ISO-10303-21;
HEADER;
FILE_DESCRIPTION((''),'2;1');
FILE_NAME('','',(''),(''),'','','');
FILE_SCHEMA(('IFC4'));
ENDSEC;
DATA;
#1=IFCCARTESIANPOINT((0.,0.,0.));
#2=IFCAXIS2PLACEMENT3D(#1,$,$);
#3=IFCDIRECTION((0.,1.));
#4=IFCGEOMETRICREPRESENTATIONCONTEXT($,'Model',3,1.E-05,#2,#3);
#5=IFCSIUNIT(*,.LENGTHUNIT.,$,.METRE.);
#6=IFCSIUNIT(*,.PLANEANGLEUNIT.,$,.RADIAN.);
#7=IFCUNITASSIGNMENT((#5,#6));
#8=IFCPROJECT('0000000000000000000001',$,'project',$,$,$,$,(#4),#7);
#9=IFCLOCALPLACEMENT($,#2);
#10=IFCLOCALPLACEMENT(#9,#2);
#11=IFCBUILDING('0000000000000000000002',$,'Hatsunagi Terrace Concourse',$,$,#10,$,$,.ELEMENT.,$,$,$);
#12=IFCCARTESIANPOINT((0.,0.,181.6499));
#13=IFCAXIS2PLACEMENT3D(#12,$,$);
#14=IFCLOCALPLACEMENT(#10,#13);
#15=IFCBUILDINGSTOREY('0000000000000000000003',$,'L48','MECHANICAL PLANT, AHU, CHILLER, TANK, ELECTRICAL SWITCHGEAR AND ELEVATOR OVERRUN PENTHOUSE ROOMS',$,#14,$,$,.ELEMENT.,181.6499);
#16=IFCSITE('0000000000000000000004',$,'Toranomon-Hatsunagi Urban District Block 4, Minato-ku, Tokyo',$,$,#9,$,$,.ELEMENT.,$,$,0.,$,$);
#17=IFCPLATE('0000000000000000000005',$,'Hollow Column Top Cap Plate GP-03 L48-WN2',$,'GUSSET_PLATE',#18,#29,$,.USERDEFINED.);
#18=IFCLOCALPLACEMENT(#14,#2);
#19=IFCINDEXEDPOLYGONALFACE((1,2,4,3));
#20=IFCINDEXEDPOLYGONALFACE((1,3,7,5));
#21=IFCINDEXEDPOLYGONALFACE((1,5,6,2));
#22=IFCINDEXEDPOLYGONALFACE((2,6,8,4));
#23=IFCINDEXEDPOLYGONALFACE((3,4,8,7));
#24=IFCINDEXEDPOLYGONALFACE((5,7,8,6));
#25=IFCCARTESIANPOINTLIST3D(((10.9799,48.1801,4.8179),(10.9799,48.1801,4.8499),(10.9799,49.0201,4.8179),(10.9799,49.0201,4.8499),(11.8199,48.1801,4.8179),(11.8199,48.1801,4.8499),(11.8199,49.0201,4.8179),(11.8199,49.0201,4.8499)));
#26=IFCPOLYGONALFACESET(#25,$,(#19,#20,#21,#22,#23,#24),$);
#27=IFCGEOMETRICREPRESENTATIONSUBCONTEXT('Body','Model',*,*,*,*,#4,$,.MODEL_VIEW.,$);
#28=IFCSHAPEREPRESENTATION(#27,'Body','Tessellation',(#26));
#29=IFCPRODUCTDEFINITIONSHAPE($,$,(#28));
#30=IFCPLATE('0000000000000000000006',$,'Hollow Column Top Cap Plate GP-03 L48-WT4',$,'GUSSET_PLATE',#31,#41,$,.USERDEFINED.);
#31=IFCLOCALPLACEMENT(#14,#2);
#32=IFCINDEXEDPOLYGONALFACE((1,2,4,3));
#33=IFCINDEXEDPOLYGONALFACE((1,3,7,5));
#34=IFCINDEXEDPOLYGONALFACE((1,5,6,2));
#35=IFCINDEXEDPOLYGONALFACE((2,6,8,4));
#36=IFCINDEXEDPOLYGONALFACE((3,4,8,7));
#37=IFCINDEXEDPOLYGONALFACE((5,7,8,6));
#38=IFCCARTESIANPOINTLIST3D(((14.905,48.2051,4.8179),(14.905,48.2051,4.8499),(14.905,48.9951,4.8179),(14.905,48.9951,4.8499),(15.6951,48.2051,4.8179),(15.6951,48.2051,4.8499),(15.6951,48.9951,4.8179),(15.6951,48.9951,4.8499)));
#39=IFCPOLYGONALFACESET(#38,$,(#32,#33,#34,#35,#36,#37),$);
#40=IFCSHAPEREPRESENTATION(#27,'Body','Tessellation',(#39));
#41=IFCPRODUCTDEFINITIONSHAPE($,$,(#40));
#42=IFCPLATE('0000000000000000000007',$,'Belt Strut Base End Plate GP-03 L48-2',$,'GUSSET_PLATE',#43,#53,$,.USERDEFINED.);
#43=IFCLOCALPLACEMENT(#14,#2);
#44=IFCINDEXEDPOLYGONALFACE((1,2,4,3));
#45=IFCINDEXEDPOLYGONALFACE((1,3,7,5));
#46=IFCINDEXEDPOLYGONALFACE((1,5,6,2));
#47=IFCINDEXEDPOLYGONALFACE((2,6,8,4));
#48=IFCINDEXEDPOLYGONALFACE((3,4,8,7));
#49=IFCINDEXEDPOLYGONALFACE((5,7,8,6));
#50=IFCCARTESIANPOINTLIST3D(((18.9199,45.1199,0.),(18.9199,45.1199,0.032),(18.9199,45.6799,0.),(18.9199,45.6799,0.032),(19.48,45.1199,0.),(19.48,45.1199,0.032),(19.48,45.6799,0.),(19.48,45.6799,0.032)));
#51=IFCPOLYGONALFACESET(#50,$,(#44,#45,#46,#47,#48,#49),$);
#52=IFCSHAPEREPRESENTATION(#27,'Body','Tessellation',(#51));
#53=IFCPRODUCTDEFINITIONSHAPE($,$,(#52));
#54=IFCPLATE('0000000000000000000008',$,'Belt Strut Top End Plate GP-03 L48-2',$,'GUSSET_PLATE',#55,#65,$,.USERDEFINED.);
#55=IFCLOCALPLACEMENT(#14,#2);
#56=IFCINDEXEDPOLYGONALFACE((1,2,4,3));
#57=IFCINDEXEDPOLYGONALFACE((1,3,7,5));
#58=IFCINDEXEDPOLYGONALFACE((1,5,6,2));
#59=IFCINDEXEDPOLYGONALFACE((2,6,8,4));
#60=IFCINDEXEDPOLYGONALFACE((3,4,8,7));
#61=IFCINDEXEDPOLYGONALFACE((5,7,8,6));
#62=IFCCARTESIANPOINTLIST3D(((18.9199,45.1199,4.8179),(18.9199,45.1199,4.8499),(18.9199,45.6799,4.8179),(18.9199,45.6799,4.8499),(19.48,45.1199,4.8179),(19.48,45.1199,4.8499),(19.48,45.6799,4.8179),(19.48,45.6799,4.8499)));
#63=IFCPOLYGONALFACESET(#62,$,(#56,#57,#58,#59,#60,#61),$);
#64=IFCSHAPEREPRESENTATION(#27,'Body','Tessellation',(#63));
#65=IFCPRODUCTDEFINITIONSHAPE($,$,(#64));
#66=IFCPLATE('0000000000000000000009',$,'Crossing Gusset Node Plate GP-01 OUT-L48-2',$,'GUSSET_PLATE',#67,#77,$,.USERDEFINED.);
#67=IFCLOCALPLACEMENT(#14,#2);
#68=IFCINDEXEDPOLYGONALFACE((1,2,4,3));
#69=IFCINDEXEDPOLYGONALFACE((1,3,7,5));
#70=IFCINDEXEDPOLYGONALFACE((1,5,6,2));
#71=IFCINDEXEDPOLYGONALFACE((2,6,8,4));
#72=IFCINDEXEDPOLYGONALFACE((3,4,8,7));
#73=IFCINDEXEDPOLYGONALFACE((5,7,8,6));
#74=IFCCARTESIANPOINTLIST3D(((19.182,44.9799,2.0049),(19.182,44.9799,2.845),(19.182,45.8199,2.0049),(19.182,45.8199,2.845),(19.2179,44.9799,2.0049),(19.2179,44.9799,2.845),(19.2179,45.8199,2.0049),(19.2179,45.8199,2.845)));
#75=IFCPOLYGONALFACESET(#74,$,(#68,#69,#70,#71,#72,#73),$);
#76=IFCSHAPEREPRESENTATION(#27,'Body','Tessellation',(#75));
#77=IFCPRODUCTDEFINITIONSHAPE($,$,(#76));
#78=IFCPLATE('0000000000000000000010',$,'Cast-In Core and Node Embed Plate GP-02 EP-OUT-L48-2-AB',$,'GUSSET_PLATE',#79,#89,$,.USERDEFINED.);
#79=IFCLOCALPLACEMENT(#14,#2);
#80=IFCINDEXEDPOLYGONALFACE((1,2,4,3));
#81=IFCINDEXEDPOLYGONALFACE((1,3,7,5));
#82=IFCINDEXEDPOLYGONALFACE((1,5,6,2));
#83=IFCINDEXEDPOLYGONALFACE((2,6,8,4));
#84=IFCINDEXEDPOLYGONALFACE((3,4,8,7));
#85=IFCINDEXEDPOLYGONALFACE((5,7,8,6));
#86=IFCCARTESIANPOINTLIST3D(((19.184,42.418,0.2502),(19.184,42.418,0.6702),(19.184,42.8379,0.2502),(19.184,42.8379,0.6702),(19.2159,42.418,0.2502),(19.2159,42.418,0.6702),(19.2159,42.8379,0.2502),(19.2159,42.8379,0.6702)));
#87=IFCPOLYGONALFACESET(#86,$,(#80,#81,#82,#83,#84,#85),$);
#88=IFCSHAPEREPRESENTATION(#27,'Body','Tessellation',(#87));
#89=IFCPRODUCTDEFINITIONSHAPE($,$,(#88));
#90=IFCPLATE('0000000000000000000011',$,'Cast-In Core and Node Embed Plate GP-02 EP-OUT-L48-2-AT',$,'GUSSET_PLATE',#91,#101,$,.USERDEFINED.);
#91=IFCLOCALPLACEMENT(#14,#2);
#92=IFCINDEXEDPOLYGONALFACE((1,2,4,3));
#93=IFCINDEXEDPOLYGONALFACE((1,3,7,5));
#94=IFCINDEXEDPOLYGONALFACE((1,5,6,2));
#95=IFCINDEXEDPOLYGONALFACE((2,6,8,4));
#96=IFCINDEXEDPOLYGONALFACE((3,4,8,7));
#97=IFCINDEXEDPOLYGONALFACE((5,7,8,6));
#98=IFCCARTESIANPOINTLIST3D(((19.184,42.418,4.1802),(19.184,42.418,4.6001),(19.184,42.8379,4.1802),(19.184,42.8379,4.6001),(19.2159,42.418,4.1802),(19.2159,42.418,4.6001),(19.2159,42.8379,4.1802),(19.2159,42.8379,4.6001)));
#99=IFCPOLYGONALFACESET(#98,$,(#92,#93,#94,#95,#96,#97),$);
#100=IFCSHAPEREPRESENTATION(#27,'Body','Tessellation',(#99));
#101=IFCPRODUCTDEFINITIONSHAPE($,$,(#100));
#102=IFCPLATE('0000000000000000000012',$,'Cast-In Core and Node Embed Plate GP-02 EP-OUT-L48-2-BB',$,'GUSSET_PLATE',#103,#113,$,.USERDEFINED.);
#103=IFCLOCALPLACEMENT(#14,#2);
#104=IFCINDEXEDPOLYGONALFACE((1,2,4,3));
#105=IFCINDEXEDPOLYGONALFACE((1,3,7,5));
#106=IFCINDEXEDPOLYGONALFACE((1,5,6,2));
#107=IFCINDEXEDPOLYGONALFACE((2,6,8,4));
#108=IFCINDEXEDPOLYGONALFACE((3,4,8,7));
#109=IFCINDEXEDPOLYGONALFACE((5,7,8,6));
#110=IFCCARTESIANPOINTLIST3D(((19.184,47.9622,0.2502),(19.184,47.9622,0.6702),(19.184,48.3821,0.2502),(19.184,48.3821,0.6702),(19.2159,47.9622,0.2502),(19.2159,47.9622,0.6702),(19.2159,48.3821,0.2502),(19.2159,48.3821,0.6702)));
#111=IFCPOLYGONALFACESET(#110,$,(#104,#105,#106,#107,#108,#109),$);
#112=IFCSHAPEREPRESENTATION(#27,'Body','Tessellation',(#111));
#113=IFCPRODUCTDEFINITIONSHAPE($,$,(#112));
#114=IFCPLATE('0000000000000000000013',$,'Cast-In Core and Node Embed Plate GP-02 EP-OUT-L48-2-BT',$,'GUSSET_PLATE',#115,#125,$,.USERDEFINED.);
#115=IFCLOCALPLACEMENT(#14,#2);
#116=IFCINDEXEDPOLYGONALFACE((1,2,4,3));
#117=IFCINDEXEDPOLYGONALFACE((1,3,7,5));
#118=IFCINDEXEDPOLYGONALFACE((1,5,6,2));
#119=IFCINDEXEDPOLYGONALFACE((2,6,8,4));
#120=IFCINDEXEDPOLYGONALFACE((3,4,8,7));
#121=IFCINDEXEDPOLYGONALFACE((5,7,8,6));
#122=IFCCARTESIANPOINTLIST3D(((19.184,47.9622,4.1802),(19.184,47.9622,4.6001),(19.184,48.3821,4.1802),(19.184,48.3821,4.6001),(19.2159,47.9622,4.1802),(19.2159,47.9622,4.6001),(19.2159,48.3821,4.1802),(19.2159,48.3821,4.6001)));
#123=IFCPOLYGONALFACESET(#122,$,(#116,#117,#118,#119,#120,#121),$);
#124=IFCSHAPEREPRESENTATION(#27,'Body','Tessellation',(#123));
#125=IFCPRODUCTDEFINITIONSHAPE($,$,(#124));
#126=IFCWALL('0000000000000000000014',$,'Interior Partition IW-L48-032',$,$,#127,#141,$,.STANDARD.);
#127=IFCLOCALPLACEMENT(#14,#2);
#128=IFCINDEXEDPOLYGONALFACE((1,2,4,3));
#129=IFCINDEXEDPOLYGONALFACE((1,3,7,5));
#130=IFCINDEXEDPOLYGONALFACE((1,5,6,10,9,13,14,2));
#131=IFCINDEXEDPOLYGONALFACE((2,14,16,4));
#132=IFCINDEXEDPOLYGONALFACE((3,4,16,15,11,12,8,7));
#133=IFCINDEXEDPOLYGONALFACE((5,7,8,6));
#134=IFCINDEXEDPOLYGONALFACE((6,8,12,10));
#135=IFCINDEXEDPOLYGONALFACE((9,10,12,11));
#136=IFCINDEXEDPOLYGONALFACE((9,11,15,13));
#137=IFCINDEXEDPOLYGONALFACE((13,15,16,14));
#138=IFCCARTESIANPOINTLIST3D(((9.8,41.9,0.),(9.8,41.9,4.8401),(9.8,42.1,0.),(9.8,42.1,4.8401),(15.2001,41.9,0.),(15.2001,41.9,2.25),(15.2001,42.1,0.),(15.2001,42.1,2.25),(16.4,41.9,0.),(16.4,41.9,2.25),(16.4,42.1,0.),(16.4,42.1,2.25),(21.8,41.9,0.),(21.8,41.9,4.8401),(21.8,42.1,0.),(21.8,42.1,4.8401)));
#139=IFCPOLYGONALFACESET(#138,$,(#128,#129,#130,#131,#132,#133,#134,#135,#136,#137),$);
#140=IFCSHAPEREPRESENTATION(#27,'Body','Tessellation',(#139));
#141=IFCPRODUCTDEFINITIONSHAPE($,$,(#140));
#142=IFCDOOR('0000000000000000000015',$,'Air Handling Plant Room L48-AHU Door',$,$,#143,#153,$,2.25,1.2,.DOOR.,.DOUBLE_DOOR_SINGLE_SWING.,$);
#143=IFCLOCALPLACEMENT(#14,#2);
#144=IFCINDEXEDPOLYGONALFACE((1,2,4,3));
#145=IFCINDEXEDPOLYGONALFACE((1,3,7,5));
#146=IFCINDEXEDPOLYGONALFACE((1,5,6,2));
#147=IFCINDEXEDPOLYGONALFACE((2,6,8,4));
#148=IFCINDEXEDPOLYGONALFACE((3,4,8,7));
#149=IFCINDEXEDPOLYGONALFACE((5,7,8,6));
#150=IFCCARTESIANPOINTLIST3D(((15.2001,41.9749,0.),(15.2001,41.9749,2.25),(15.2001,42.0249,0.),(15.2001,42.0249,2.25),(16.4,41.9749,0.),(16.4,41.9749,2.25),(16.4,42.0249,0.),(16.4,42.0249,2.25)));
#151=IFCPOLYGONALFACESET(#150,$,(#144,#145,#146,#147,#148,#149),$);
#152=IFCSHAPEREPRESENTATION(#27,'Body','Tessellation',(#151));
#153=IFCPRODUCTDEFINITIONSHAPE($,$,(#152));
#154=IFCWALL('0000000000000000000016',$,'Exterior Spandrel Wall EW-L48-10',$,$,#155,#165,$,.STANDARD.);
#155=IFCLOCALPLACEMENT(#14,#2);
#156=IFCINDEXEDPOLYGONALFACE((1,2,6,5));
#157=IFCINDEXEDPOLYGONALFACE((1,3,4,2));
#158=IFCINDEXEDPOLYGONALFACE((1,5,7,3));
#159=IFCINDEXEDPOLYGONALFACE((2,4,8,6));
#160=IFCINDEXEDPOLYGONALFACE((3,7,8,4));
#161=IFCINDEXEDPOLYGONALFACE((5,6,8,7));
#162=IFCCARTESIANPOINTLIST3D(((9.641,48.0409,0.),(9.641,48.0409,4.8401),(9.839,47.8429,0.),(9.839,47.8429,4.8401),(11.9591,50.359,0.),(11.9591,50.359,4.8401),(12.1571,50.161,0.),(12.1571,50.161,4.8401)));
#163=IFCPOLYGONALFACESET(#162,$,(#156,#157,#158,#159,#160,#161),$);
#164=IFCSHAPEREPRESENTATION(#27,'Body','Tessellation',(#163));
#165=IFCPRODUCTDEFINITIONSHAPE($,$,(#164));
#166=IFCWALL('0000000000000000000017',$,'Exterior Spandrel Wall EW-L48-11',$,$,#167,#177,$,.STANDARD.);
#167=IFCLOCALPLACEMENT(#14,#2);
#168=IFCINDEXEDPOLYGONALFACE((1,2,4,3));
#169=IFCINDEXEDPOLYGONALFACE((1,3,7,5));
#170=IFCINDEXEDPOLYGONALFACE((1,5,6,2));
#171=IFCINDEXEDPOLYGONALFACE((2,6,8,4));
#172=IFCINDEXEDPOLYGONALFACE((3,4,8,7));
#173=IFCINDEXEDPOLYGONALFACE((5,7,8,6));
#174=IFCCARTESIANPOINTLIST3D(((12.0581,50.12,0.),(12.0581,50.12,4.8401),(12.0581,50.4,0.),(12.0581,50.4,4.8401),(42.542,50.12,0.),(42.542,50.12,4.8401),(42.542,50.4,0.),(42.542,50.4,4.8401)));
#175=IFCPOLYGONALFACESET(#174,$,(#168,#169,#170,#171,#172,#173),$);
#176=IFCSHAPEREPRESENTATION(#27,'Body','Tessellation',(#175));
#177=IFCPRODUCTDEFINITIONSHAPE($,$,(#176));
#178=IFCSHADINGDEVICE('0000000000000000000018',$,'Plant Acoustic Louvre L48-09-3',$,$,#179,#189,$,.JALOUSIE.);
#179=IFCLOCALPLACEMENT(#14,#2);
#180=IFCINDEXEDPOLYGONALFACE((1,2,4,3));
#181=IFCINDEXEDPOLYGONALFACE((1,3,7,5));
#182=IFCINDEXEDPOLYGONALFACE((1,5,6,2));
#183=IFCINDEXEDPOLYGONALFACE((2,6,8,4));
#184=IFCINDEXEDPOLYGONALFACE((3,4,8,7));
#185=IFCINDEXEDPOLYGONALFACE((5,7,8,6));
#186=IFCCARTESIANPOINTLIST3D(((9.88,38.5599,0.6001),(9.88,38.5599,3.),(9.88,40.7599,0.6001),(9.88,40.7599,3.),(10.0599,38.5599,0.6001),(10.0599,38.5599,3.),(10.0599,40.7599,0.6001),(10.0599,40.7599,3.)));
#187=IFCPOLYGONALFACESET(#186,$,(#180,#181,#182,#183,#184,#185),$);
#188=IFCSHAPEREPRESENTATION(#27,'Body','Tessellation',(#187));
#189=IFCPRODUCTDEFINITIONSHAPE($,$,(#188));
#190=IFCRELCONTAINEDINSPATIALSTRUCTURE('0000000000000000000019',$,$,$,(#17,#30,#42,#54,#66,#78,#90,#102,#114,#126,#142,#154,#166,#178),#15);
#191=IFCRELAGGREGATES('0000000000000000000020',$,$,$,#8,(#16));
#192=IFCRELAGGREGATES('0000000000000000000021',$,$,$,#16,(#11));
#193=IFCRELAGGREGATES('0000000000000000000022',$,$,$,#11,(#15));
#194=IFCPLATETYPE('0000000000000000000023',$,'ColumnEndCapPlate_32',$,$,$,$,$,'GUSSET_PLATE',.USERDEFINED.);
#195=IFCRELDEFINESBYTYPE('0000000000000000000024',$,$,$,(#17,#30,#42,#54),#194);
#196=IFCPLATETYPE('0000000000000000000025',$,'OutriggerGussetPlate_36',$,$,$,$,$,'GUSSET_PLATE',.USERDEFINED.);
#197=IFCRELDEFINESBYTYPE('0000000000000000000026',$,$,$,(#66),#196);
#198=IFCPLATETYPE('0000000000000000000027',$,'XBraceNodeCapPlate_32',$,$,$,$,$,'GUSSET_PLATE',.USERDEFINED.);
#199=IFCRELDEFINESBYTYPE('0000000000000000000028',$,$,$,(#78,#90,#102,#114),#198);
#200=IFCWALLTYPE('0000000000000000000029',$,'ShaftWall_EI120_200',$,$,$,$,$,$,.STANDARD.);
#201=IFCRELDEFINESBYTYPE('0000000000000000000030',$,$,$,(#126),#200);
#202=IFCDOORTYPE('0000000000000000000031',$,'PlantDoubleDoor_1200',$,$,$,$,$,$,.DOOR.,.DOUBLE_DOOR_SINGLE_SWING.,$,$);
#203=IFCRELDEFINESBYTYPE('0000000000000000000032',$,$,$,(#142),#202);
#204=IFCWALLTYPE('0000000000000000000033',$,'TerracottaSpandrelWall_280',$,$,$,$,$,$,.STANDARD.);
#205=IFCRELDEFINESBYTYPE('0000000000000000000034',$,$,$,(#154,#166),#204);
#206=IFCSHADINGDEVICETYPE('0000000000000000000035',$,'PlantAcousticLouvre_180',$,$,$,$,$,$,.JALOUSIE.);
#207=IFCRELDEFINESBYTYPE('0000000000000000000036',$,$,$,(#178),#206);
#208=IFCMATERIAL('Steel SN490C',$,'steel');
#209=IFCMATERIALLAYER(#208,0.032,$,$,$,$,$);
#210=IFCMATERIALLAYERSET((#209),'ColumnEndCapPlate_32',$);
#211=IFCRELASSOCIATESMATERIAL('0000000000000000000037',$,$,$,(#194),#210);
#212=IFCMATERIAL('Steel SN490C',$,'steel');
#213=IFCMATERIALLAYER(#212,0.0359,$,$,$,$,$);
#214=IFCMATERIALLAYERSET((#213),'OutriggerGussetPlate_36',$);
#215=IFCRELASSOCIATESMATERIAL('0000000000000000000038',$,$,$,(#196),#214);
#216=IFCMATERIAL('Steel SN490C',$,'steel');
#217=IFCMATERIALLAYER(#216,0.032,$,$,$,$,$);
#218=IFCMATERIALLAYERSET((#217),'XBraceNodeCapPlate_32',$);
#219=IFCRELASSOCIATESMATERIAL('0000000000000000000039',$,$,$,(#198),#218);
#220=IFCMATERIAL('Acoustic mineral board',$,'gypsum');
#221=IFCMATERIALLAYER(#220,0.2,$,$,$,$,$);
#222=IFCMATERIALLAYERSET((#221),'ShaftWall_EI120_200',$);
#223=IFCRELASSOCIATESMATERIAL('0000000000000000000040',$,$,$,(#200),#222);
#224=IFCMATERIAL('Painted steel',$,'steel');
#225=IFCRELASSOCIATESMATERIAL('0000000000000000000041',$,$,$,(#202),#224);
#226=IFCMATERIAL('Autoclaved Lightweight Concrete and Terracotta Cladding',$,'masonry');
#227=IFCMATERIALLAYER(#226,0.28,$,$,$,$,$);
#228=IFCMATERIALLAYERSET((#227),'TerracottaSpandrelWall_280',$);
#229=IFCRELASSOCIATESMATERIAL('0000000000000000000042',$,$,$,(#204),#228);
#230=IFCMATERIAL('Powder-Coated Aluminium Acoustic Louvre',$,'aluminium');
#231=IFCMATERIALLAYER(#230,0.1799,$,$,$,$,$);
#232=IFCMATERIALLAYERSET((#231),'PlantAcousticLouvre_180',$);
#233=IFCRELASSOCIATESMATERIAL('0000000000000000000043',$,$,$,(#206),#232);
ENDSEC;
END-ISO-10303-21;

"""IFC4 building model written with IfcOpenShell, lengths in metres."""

from ifc_helpers import new_model, si_unit, direction, frame, frame_2d, origin, origin_2d, place, context, subcontext, project, spatial, rectangle, extrude, material, layer, layer_set, type_object, element, fill, save


model = new_model("IFC4")

# Units and contexts
model_context = context("Model", 3, precision=1e-05, world=origin(), true_north=direction((0.0, 1.0)))
body_context = subcontext(model_context, "Body", "Model", "MODEL_VIEW")
ifc_project = project(units=[si_unit("LENGTHUNIT", "METRE"), si_unit("PLANEANGLEUNIT", "RADIAN")], contexts=[model_context])

# Site, building, storey
site_placement = place(None, origin())
site = spatial("IfcSite", under=ifc_project, at=site_placement, Name="Toranomon-Hatsunagi Urban District Block 4, Minato-ku, Tokyo", CompositionType="ELEMENT", RefElevation=0.0)
building_placement = place(site_placement, origin())
building = spatial("IfcBuilding", under=site, at=building_placement, Name="Hatsunagi Terrace Concourse", CompositionType="ELEMENT")
storey_placement = place(building_placement, frame((0.0, 0.0, 181.6499)))
storey = spatial("IfcBuildingStorey", under=building, at=storey_placement, Name="L48", Description="MECHANICAL PLANT, AHU, CHILLER, TANK, ELECTRICAL SWITCHGEAR AND ELEVATOR OVERRUN PENTHOUSE ROOMS", CompositionType="ELEMENT", Elevation=181.6499)

# Plates
ifc_material_1 = material(Name="Steel SN490C", Category="steel")
ifc_layer_1 = layer(ifc_material_1, 0.032)
ifc_layer_set_1 = layer_set([ifc_layer_1], Name="ColumnEndCapPlate_32")
plate_type_1 = type_object("IfcPlateType", Name="ColumnEndCapPlate_32", ElementType="GUSSET_PLATE", PredefinedType="USERDEFINED", material=ifc_layer_set_1)
plate_1_placement = place(storey_placement, frame((11.3999, 48.6001, 4.8179), z_axis=(0.0, 0.0, 1.0), x_axis=(1.0, 0.0, 0.0)))
element("IfcPlate", 1, at=plate_1_placement, inside=storey, type_object=plate_type_1, Name="Hollow Column Top Cap Plate GP-03 L48-WN2", ObjectType="GUSSET_PLATE", PredefinedType="USERDEFINED", context=body_context, shape_type="SweptSolid", body=[
    extrude(rectangle(XDim=0.8401, YDim=0.8401, at=origin_2d()), origin(), (0.0, 0.0, 1.0), 0.032),
])
plate_2_placement = place(storey_placement, frame((15.3, 48.6001, 4.8179), z_axis=(0.0, 0.0, 1.0), x_axis=(1.0, 0.0, 0.0)))
element("IfcPlate", 2, at=plate_2_placement, inside=storey, type_object=plate_type_1, Name="Hollow Column Top Cap Plate GP-03 L48-WT4", ObjectType="GUSSET_PLATE", PredefinedType="USERDEFINED", context=body_context, shape_type="SweptSolid", body=[
    extrude(rectangle(XDim=0.79, YDim=0.79, at=origin_2d()), origin(), (0.0, 0.0, 1.0), 0.032),
])
for number, where, z_axis, x_axis, name in (
    (3, (19.2, 45.3999, 0.0), (0.0, 0.0, 1.0), (1.0, 0.0, 0.0), "Belt Strut Base End Plate GP-03 L48-2"),
    (4, (19.2, 45.3999, 4.8179), (0.0, 0.0, 1.0), (1.0, 0.0, 0.0), "Belt Strut Top End Plate GP-03 L48-2"),
):
    element("IfcPlate", number, at=place(storey_placement, frame(where, z_axis=z_axis, x_axis=x_axis)), inside=storey, type_object=plate_type_1, Name=name, ObjectType="GUSSET_PLATE", PredefinedType="USERDEFINED", context=body_context, shape_type="SweptSolid", body=[
        extrude(rectangle(XDim=0.5601, YDim=0.5601, at=origin_2d()), origin(), (0.0, 0.0, 1.0), 0.032),
    ])
ifc_material_2 = material(Name="Steel SN490C", Category="steel")
ifc_layer_2 = layer(ifc_material_2, 0.0359)
ifc_layer_set_2 = layer_set([ifc_layer_2], Name="OutriggerGussetPlate_36")
plate_type_2 = type_object("IfcPlateType", Name="OutriggerGussetPlate_36", ElementType="GUSSET_PLATE", PredefinedType="USERDEFINED", material=ifc_layer_set_2)
plate_3_placement = place(storey_placement, frame((19.2, 45.3999, 2.0049), z_axis=(0.0, 0.0, 1.0), x_axis=(0.0, 1.0, 0.0)))
element("IfcPlate", 5, at=plate_3_placement, inside=storey, type_object=plate_type_2, Name="Crossing Gusset Node Plate GP-01 OUT-L48-2", ObjectType="GUSSET_PLATE", PredefinedType="USERDEFINED", context=body_context, shape_type="SweptSolid", body=[
    extrude(rectangle(XDim=0.8401, YDim=0.0359, at=origin_2d()), origin(), (0.0, 0.0, 1.0), 0.8401),
])
ifc_material_3 = material(Name="Steel SN490C", Category="steel")
ifc_layer_3 = layer(ifc_material_3, 0.032)
ifc_layer_set_3 = layer_set([ifc_layer_3], Name="XBraceNodeCapPlate_32")
plate_type_3 = type_object("IfcPlateType", Name="XBraceNodeCapPlate_32", ElementType="GUSSET_PLATE", PredefinedType="USERDEFINED", material=ifc_layer_set_3)
for number, where, z_axis, x_axis, name in (
    (6, (19.2, 42.6279, 0.2502), (0.0, 0.0, 1.0), (0.0, 1.0, 0.0), "Cast-In Core and Node Embed Plate GP-02 EP-OUT-L48-2-AB"),
    (7, (19.2, 42.6279, 4.1802), (0.0, 0.0, 1.0), (0.0, 1.0, 0.0), "Cast-In Core and Node Embed Plate GP-02 EP-OUT-L48-2-AT"),
    (8, (19.2, 48.1721, 0.2502), (0.0, 0.0, 1.0), (0.0, 1.0, 0.0), "Cast-In Core and Node Embed Plate GP-02 EP-OUT-L48-2-BB"),
    (9, (19.2, 48.1721, 4.1802), (0.0, 0.0, 1.0), (0.0, 1.0, 0.0), "Cast-In Core and Node Embed Plate GP-02 EP-OUT-L48-2-BT"),
):
    element("IfcPlate", number, at=place(storey_placement, frame(where, z_axis=z_axis, x_axis=x_axis)), inside=storey, type_object=plate_type_3, Name=name, ObjectType="GUSSET_PLATE", PredefinedType="USERDEFINED", context=body_context, shape_type="SweptSolid", body=[
        extrude(rectangle(XDim=0.4199, YDim=0.032, at=origin_2d()), origin(), (0.0, 0.0, 1.0), 0.4199),
    ])

# Wall, opening, door
ifc_material_4 = material(Name="Acoustic mineral board", Category="gypsum")
ifc_layer_4 = layer(ifc_material_4, 0.2)
ifc_layer_set_4 = layer_set([ifc_layer_4], Name="ShaftWall_EI120_200")
wall_type_1 = type_object("IfcWallType", Name="ShaftWall_EI120_200", PredefinedType="STANDARD", material=ifc_layer_set_4)
wall_1_placement = place(storey_placement, frame((9.8, 42.0, 0.0), z_axis=(0.0, 0.0, 1.0), x_axis=(1.0, 0.0, 0.0)))
wall_1 = element("IfcWall", 10, at=wall_1_placement, inside=storey, type_object=wall_type_1, Name="Interior Partition IW-L48-032", PredefinedType="STANDARD", context=body_context, shape_type="SweptSolid", body=[
    extrude(rectangle(XDim=12.0, YDim=0.2, at=frame_2d((6.0, 0.0))), origin(), (0.0, 0.0, 1.0), 4.8401),
])
opening_placement = place(wall_1_placement, frame((5.3999, 0.0, 0.0)))
opening = element("IfcOpeningElement", 11, at=opening_placement, cuts=wall_1, PredefinedType="OPENING", context=body_context, shape_type="SweptSolid", body=[
    extrude(rectangle(XDim=1.2, YDim=2.25, at=frame_2d((0.6001, 1.125))), frame((0.0, 0.1099, 0.0), z_axis=(0.0, -1.0, 0.0), x_axis=(1.0, 0.0, 0.0)), (0.0, 0.0, 1.0), 0.22),
])
ifc_material_5 = material(Name="Painted steel", Category="steel")
door_type = type_object("IfcDoorType", Name="PlantDoubleDoor_1200", OperationType="DOUBLE_DOOR_SINGLE_SWING", PredefinedType="DOOR", material=ifc_material_5)
door_placement = place(opening_placement, origin())
door = element("IfcDoor", 12, at=door_placement, inside=storey, type_object=door_type, Name="Air Handling Plant Room L48-AHU Door", OperationType="DOUBLE_DOOR_SINGLE_SWING", OverallHeight=2.25, OverallWidth=1.2, PredefinedType="DOOR", context=body_context, shape_type="SweptSolid", body=[
    extrude(rectangle(XDim=1.2, YDim=2.25, at=frame_2d((0.6001, 1.125))), frame((0.0, 0.0249, 0.0), z_axis=(0.0, -1.0, 0.0), x_axis=(1.0, 0.0, 0.0)), (0.0, 0.0, 1.0), 0.05),
])
fill(opening, door)

# Walls
ifc_material_6 = material(Name="Autoclaved Lightweight Concrete and Terracotta Cladding", Category="masonry")
ifc_layer_5 = layer(ifc_material_6, 0.28)
ifc_layer_set_5 = layer_set([ifc_layer_5], Name="TerracottaSpandrelWall_280")
wall_type_2 = type_object("IfcWallType", Name="TerracottaSpandrelWall_280", PredefinedType="STANDARD", material=ifc_layer_set_5)
wall_2_placement = place(storey_placement, frame((9.74, 47.9419, 0.0), z_axis=(0.0, 0.0, 1.0), x_axis=(0.707107, 0.707107, 0.0)))
element("IfcWall", 13, at=wall_2_placement, inside=storey, type_object=wall_type_2, Name="Exterior Spandrel Wall EW-L48-10", PredefinedType="STANDARD", context=body_context, shape_type="SweptSolid", body=[
    extrude(rectangle(XDim=3.2783, YDim=0.28, at=frame_2d((1.6392, 0.0))), origin(), (0.0, 0.0, 1.0), 4.8401),
])
wall_3_placement = place(storey_placement, frame((12.0581, 50.26, 0.0), z_axis=(0.0, 0.0, 1.0), x_axis=(1.0, 0.0, 0.0)))
element("IfcWall", 14, at=wall_3_placement, inside=storey, type_object=wall_type_2, Name="Exterior Spandrel Wall EW-L48-11", PredefinedType="STANDARD", context=body_context, shape_type="SweptSolid", body=[
    extrude(rectangle(XDim=30.4839, YDim=0.28, at=frame_2d((15.2419, 0.0))), origin(), (0.0, 0.0, 1.0), 4.8401),
])

# Shading device
ifc_material_7 = material(Name="Powder-Coated Aluminium Acoustic Louvre", Category="aluminium")
ifc_layer_6 = layer(ifc_material_7, 0.1799)
ifc_layer_set_6 = layer_set([ifc_layer_6], Name="PlantAcousticLouvre_180")
shading_device_type = type_object("IfcShadingDeviceType", Name="PlantAcousticLouvre_180", PredefinedType="JALOUSIE", material=ifc_layer_set_6)
for number, where, z_axis, x_axis, name in (
    (15, (9.97, 39.6599, 0.6001), (0.0, 0.0, 1.0), (0.0, 1.0, 0.0), "Plant Acoustic Louvre L48-09-3"),
):
    element("IfcShadingDevice", number, at=place(storey_placement, frame(where, z_axis=z_axis, x_axis=x_axis)), inside=storey, type_object=shading_device_type, Name=name, PredefinedType="JALOUSIE", context=body_context, shape_type="SweptSolid", body=[
        extrude(rectangle(XDim=2.2, YDim=0.1799, at=origin_2d()), origin(), (0.0, 0.0, 1.0), 2.3999),
    ])

save(model, "model.ifc")
